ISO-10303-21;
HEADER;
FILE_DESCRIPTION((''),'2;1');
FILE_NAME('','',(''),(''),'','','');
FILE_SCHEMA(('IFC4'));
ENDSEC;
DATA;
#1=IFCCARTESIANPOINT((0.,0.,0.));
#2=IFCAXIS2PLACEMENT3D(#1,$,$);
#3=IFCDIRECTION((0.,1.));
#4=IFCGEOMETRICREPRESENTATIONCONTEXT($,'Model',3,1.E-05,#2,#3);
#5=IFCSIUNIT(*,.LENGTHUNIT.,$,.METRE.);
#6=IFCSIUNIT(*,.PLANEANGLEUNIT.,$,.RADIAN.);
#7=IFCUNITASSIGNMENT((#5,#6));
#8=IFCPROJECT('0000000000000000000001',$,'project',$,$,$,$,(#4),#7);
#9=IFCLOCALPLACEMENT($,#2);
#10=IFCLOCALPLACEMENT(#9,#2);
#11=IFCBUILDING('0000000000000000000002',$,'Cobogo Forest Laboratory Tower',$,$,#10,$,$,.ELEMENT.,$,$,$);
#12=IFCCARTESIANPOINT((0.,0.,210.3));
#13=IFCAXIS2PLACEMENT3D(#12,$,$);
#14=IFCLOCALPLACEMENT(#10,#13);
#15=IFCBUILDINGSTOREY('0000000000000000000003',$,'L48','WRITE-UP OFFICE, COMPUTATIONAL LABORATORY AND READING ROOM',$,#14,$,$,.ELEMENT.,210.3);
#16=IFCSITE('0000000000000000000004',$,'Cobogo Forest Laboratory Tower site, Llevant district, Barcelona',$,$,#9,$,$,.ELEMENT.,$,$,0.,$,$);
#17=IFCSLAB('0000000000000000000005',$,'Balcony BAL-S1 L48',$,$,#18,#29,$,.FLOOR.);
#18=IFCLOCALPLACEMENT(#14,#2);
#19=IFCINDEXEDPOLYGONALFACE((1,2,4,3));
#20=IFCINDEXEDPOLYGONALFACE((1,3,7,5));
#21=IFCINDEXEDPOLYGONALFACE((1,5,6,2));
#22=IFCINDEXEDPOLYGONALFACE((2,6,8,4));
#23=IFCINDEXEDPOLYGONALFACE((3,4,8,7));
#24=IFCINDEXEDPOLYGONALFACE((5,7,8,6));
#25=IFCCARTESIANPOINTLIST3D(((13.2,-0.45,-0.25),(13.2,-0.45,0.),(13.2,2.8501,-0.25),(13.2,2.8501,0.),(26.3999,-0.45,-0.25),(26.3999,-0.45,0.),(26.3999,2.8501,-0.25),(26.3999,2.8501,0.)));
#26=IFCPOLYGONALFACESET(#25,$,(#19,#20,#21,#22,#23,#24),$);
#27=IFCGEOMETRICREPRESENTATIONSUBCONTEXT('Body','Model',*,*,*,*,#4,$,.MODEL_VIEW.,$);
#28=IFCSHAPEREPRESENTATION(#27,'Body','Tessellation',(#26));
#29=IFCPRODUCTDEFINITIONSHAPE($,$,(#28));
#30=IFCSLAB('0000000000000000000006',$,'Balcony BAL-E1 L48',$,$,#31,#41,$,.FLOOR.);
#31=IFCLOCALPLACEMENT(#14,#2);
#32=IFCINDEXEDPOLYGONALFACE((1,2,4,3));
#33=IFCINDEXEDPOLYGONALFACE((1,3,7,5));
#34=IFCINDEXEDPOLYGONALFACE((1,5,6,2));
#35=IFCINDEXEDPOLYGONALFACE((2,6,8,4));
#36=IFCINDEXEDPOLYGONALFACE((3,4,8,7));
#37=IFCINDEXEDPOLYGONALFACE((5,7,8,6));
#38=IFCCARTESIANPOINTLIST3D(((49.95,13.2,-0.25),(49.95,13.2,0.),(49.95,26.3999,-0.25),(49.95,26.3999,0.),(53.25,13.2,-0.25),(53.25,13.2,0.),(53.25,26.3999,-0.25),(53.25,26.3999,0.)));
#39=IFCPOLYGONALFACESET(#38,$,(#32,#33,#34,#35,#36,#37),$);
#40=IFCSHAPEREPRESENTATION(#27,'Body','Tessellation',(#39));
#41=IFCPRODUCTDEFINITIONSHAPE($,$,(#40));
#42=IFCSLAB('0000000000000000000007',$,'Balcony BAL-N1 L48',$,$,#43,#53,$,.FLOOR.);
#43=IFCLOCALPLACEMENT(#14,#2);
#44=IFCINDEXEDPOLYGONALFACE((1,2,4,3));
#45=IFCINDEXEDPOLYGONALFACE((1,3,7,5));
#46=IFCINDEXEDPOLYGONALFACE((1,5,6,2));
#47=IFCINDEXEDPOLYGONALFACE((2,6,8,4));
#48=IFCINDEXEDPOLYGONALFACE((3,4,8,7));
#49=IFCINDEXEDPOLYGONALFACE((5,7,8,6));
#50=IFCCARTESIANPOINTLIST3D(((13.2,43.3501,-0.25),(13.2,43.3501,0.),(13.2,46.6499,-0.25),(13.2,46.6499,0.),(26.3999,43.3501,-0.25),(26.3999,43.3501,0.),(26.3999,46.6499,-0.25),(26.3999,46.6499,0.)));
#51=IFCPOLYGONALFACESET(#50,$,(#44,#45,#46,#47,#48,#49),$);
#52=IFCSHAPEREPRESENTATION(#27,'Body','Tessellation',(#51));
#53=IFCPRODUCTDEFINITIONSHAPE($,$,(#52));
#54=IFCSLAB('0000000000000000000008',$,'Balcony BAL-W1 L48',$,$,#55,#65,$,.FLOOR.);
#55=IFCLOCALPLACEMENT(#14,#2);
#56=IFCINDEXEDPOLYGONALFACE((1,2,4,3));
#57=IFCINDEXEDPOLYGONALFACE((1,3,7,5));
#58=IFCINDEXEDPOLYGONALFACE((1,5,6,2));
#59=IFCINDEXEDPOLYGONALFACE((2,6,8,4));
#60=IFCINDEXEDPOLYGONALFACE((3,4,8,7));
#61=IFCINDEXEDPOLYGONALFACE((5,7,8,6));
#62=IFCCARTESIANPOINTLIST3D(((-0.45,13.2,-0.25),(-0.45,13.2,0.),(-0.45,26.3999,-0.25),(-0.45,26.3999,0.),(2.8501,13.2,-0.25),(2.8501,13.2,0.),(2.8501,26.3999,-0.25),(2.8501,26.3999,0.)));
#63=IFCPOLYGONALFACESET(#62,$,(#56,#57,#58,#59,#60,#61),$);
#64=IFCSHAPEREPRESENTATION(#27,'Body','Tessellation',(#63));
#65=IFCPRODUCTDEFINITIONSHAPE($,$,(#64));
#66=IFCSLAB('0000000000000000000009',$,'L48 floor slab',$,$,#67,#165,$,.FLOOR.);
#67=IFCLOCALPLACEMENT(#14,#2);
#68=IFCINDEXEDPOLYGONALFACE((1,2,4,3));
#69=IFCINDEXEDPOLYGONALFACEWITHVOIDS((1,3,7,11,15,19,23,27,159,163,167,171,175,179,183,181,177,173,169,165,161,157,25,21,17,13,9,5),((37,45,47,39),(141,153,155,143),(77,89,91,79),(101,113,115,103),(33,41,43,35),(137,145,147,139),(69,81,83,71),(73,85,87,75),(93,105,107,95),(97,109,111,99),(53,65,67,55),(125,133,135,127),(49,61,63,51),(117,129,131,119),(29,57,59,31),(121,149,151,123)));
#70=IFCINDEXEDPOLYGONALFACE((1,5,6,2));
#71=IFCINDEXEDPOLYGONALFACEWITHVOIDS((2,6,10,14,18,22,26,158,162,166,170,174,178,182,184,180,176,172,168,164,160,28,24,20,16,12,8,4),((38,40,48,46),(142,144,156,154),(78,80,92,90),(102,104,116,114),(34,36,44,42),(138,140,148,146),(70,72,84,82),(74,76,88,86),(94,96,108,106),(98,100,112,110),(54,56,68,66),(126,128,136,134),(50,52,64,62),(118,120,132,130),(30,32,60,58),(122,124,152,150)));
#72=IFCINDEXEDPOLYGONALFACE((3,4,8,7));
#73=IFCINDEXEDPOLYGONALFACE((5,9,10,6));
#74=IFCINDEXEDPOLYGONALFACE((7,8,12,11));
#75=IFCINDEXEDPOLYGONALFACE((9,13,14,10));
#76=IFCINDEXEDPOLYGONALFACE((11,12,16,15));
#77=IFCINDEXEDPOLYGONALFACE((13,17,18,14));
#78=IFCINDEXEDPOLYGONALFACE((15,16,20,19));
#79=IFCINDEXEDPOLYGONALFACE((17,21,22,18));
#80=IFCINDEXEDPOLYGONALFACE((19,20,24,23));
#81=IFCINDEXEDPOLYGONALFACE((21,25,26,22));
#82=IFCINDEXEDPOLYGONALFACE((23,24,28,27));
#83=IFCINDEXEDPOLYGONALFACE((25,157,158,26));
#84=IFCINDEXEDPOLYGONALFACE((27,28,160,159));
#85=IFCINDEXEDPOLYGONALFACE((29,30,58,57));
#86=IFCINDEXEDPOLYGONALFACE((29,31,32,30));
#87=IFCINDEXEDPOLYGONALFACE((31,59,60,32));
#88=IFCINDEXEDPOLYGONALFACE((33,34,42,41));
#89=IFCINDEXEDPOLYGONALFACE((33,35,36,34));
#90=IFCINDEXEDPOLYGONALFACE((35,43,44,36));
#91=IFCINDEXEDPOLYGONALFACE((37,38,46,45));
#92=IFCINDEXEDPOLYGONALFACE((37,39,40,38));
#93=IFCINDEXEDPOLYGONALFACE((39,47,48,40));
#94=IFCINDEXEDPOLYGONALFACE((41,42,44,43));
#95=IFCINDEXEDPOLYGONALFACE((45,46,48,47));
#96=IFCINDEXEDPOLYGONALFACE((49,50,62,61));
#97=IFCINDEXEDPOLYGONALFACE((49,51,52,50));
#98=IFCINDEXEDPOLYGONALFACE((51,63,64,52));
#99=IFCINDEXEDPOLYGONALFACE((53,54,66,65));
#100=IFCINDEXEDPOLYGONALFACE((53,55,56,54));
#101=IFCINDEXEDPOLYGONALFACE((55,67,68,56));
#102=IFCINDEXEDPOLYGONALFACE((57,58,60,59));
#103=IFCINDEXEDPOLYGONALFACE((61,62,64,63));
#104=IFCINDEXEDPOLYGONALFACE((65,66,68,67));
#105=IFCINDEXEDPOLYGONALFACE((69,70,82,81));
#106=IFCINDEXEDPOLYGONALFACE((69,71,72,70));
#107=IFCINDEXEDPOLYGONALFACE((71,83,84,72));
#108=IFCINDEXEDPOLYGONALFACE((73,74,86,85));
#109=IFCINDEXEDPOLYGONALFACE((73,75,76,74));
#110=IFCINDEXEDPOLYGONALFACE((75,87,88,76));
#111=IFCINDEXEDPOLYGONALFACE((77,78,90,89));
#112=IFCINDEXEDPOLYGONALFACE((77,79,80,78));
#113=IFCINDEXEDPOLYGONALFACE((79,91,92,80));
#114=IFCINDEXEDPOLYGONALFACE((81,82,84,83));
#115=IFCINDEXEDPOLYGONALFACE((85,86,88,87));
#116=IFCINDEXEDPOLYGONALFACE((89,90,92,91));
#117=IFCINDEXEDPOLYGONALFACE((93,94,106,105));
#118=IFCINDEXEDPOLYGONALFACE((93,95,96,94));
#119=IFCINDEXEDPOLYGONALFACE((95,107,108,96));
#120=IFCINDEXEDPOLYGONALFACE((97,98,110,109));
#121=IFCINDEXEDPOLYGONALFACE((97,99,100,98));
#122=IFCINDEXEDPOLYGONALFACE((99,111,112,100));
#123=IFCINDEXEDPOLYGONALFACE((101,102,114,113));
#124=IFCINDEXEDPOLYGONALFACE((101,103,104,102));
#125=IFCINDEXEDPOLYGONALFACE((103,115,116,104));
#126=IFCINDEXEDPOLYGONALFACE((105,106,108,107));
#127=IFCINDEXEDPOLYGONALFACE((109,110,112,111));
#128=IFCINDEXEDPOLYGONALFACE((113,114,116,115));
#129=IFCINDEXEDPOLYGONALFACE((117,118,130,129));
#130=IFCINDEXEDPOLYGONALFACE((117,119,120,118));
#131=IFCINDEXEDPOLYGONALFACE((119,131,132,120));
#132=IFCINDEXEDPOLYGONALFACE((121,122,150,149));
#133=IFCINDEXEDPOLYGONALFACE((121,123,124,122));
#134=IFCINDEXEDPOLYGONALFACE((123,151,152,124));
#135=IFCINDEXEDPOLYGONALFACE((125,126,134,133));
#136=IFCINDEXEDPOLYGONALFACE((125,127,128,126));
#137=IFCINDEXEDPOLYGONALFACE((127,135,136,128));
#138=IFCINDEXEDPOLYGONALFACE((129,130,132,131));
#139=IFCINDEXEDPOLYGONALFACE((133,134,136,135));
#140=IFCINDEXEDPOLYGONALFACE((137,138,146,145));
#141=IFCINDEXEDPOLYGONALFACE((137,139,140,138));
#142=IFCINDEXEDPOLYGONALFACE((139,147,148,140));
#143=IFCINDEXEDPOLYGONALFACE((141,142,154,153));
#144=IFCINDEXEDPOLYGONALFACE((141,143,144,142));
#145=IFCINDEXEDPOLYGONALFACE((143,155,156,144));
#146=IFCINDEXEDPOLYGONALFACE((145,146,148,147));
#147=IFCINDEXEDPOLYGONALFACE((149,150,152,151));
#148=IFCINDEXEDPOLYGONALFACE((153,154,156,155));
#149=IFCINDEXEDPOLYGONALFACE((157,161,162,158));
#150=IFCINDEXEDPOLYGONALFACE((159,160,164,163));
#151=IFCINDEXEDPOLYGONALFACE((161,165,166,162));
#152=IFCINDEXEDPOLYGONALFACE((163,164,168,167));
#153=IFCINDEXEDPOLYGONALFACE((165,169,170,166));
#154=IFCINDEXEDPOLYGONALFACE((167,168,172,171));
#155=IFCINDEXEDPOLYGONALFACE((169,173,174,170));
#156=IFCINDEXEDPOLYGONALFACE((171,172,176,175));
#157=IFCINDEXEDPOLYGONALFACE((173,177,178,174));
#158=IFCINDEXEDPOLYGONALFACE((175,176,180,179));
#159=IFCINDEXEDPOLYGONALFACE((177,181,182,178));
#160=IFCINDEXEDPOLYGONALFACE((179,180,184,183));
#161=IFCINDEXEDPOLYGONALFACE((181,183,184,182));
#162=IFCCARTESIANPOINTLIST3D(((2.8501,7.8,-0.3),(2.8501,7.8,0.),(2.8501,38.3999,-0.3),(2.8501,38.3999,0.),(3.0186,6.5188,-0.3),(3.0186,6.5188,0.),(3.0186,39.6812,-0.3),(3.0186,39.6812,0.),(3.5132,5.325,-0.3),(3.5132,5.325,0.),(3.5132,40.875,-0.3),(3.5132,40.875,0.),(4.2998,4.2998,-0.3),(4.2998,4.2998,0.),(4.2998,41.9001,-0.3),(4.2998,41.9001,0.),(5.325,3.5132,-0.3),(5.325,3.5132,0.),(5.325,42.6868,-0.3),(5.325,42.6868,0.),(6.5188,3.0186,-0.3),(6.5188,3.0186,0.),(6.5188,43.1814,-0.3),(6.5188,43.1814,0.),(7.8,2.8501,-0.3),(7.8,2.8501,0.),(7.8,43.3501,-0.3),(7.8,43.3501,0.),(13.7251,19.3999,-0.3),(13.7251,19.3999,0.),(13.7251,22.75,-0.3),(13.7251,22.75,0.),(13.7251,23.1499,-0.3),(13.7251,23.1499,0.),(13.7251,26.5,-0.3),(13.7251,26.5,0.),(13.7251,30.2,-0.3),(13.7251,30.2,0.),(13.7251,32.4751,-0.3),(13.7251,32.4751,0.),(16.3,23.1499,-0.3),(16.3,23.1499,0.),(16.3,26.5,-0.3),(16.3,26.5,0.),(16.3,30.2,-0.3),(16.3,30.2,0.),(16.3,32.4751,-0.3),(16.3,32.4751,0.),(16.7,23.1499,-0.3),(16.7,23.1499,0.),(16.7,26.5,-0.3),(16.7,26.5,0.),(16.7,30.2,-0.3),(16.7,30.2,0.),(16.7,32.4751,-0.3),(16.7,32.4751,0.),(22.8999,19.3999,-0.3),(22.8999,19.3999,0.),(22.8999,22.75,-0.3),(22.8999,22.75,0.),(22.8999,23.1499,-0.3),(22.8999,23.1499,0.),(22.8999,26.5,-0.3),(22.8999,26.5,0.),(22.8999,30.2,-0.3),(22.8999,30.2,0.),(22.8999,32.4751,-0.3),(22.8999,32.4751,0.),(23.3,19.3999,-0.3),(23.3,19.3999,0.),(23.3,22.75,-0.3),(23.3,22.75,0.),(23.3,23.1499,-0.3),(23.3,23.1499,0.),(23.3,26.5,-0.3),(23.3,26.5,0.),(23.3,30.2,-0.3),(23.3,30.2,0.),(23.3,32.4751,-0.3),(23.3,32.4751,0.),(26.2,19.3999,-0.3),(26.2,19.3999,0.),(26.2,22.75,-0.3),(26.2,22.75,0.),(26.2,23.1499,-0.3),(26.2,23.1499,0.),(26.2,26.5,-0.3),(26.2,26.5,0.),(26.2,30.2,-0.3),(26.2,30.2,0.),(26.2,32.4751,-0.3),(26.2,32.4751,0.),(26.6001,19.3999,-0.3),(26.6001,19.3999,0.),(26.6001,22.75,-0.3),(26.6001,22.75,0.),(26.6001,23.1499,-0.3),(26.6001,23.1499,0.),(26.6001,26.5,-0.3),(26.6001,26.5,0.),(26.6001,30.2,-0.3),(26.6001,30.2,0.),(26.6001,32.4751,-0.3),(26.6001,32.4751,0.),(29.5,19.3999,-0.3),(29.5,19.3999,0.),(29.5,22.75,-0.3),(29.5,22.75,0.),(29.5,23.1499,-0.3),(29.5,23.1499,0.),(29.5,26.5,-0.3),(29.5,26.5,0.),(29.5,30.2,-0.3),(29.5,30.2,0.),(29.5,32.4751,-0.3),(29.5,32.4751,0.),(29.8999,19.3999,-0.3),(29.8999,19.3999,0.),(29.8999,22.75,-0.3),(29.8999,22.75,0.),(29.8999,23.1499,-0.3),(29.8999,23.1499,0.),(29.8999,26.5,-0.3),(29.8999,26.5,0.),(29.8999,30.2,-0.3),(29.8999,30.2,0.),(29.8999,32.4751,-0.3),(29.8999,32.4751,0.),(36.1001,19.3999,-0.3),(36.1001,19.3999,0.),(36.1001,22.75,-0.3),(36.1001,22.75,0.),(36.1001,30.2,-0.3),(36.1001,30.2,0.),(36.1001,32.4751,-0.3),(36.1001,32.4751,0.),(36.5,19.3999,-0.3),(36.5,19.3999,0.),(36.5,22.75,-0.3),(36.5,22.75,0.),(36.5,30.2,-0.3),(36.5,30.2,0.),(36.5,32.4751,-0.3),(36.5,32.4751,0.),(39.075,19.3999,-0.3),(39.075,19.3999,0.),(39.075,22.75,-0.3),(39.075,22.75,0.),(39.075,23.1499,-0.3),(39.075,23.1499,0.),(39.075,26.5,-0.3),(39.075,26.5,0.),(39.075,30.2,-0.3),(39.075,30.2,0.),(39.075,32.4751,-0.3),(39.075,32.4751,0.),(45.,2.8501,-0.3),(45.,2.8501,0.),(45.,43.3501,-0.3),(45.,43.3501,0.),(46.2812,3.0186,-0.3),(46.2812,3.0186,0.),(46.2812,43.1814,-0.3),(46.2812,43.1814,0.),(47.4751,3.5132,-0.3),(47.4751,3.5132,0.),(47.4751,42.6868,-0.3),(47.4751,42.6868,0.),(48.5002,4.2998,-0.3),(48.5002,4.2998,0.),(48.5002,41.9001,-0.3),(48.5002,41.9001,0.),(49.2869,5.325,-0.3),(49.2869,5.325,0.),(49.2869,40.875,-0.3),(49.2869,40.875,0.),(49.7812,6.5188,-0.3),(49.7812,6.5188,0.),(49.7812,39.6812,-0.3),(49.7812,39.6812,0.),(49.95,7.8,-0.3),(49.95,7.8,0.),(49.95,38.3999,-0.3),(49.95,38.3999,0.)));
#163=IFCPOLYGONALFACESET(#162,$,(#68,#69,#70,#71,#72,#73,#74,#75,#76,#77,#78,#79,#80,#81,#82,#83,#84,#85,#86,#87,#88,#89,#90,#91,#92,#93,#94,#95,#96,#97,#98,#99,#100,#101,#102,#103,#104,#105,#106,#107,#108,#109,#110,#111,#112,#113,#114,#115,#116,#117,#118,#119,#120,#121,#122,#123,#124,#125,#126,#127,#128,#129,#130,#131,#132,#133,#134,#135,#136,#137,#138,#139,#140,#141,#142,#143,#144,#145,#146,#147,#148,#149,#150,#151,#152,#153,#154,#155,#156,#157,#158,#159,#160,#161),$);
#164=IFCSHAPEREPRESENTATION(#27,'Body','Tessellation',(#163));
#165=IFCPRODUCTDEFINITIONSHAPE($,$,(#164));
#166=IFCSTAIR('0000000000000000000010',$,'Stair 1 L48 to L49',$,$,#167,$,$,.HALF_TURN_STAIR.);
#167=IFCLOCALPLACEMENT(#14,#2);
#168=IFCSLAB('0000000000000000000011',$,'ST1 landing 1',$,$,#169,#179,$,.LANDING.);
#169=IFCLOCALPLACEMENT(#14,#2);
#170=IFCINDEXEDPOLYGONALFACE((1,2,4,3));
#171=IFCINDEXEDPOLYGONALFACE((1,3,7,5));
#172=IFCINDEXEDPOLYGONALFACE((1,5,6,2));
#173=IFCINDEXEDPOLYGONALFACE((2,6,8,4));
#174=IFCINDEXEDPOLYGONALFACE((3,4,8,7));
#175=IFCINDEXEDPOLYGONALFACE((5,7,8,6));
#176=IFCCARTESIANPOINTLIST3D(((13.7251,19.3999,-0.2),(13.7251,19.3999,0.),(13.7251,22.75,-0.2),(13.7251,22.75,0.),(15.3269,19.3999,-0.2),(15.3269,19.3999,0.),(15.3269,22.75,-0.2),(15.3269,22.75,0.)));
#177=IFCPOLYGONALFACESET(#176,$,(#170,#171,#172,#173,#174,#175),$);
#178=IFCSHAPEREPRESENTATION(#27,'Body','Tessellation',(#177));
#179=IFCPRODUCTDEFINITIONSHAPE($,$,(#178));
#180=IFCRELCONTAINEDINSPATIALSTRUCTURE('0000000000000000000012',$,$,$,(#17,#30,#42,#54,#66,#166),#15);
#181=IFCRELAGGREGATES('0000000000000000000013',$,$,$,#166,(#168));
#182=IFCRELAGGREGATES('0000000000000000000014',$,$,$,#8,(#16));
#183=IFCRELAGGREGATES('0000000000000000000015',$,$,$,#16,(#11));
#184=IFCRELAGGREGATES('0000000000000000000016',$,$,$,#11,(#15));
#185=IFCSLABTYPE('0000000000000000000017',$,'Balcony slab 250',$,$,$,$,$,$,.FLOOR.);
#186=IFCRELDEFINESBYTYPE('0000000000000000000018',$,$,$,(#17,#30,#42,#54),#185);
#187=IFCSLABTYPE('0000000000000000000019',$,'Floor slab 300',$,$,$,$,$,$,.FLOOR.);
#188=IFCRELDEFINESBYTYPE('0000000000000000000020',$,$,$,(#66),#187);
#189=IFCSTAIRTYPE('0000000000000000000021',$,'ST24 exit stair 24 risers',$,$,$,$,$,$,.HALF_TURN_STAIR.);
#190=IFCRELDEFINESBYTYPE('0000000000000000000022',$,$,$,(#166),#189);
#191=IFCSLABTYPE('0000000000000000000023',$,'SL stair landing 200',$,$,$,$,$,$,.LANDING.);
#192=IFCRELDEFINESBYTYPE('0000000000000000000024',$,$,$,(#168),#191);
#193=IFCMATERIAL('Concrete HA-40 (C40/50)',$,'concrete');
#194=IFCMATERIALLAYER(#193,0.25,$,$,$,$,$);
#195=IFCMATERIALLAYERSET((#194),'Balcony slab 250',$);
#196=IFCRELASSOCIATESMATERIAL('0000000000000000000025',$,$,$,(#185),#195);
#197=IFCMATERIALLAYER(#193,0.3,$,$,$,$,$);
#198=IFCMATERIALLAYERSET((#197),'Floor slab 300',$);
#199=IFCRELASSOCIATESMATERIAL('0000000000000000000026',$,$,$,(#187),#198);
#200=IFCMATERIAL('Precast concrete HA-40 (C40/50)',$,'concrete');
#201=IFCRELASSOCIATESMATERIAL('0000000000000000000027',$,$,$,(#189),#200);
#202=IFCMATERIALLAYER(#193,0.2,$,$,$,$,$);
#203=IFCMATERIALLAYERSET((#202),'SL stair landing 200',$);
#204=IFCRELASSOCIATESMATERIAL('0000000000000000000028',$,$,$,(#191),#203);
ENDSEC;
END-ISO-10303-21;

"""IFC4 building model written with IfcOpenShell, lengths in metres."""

from ifc_helpers import new_model, si_unit, direction, frame, origin, place, context, subcontext, project, spatial, polyline, outline, extrude, material, layer, layer_set, type_object, element, aggregate, save


model = new_model("IFC4")

# Units and contexts
model_context = context("Model", 3, precision=1e-05, world=origin(), true_north=direction((0.0, 1.0)))
body_context = subcontext(model_context, "Body", "Model", "MODEL_VIEW")
ifc_project = project(units=[si_unit("LENGTHUNIT", "METRE"), si_unit("PLANEANGLEUNIT", "RADIAN")], contexts=[model_context])

# Site, building, storey
site_placement = place(None, origin())
site = spatial("IfcSite", under=ifc_project, at=site_placement, Name="Cobogo Forest Laboratory Tower site, Llevant district, Barcelona", CompositionType="ELEMENT", RefElevation=0.0)
building_placement = place(site_placement, origin())
building = spatial("IfcBuilding", under=site, at=building_placement, Name="Cobogo Forest Laboratory Tower", CompositionType="ELEMENT")
storey_placement = place(building_placement, frame((0.0, 0.0, 210.3)))
storey = spatial("IfcBuildingStorey", under=building, at=storey_placement, Name="L48", Description="WRITE-UP OFFICE, COMPUTATIONAL LABORATORY AND READING ROOM", CompositionType="ELEMENT", Elevation=210.3)

# Slabs
ifc_material_1 = material(Name="Concrete HA-40 (C40/50)", Category="concrete")
ifc_layer_1 = layer(ifc_material_1, 0.25)
ifc_layer_set_1 = layer_set([ifc_layer_1], Name="Balcony slab 250")
slab_type_1 = type_object("IfcSlabType", Name="Balcony slab 250", PredefinedType="FLOOR", material=ifc_layer_set_1)
slab_1_placement = place(storey_placement, frame((0.0, 0.0, -0.25)))
element("IfcSlab", 1, at=slab_1_placement, inside=storey, type_object=slab_type_1, Name="Balcony BAL-S1 L48", PredefinedType="FLOOR", context=body_context, shape_type="SweptSolid", body=[
    extrude(outline(polyline([(13.2, -0.45), (26.3999, -0.45), (26.3999, 2.8501), (13.2, 2.8501), (13.2, -0.45)])), origin(), (0.0, 0.0, 1.0), 0.25),
])
slab_2_placement = place(storey_placement, frame((0.0, 0.0, -0.25)))
element("IfcSlab", 2, at=slab_2_placement, inside=storey, type_object=slab_type_1, Name="Balcony BAL-E1 L48", PredefinedType="FLOOR", context=body_context, shape_type="SweptSolid", body=[
    extrude(outline(polyline([(49.95, 13.2), (53.25, 13.2), (53.25, 26.3999), (49.95, 26.3999), (49.95, 13.2)])), origin(), (0.0, 0.0, 1.0), 0.25),
])
slab_3_placement = place(storey_placement, frame((0.0, 0.0, -0.25)))
element("IfcSlab", 3, at=slab_3_placement, inside=storey, type_object=slab_type_1, Name="Balcony BAL-N1 L48", PredefinedType="FLOOR", context=body_context, shape_type="SweptSolid", body=[
    extrude(outline(polyline([(13.2, 43.3501), (26.3999, 43.3501), (26.3999, 46.6499), (13.2, 46.6499), (13.2, 43.3501)])), origin(), (0.0, 0.0, 1.0), 0.25),
])
slab_4_placement = place(storey_placement, frame((0.0, 0.0, -0.25)))
element("IfcSlab", 4, at=slab_4_placement, inside=storey, type_object=slab_type_1, Name="Balcony BAL-W1 L48", PredefinedType="FLOOR", context=body_context, shape_type="SweptSolid", body=[
    extrude(outline(polyline([(-0.45, 13.2), (2.8501, 13.2), (2.8501, 26.3999), (-0.45, 26.3999), (-0.45, 13.2)])), origin(), (0.0, 0.0, 1.0), 0.25),
])
ifc_layer_2 = layer(ifc_material_1, 0.3)
ifc_layer_set_2 = layer_set([ifc_layer_2], Name="Floor slab 300")
slab_type_2 = type_object("IfcSlabType", Name="Floor slab 300", PredefinedType="FLOOR", material=ifc_layer_set_2)
slab_5_placement = place(storey_placement, frame((0.0, 0.0, -0.3)))
element("IfcSlab", 5, at=slab_5_placement, inside=storey, type_object=slab_type_2, Name="L48 floor slab", PredefinedType="FLOOR", context=body_context, shape_type="SweptSolid", body=[
    extrude(outline(polyline([(45.0, 2.8501), (46.2812, 3.0186), (47.4751, 3.5132), (48.5002, 4.2998), (49.2869, 5.325), (49.7812, 6.5188), (49.95, 7.8), (49.95, 38.3999), (49.7812, 39.6812), (49.2869, 40.875), (48.5002, 41.9001), (47.4751, 42.6868), (46.2812, 43.1814), (45.0, 43.3501), (7.8, 43.3501), (6.5188, 43.1814), (5.325, 42.6868), (4.2998, 41.9001), (3.5132, 40.875), (3.0186, 39.6812), (2.8501, 38.3999), (2.8501, 7.8), (3.0186, 6.5188), (3.5132, 5.325), (4.2998, 4.2998), (5.325, 3.5132), (6.5188, 3.0186), (7.8, 2.8501), (45.0, 2.8501)]), holes=[polyline([(22.8999, 19.3999), (13.7251, 19.3999), (13.7251, 22.75), (22.8999, 22.75), (22.8999, 19.3999)]), polyline([(26.2, 19.3999), (23.3, 19.3999), (23.3, 22.75), (26.2, 22.75), (26.2, 19.3999)]), polyline([(29.5, 19.3999), (26.6001, 19.3999), (26.6001, 22.75), (29.5, 22.75), (29.5, 19.3999)]), polyline([(36.1001, 22.75), (36.1001, 19.3999), (29.8999, 19.3999), (29.8999, 22.75), (36.1001, 22.75)]), polyline([(36.5, 19.3999), (36.5, 22.75), (39.075, 22.75), (39.075, 19.3999), (36.5, 19.3999)]), polyline([(16.3, 23.1499), (13.7251, 23.1499), (13.7251, 26.5), (16.3, 26.5), (16.3, 23.1499)]), polyline([(22.8999, 26.5), (22.8999, 23.1499), (16.7, 23.1499), (16.7, 26.5), (22.8999, 26.5)]), polyline([(26.2, 23.1499), (23.3, 23.1499), (23.3, 26.5), (26.2, 26.5), (26.2, 23.1499)]), polyline([(26.6001, 23.1499), (26.6001, 26.5), (29.5, 26.5), (29.5, 23.1499), (26.6001, 23.1499)]), polyline([(39.075, 23.1499), (29.8999, 23.1499), (29.8999, 26.5), (39.075, 26.5), (39.075, 23.1499)]), polyline([(16.3, 30.2), (13.7251, 30.2), (13.7251, 32.4751), (16.3, 32.4751), (16.3, 30.2)]), polyline([(22.8999, 32.4751), (22.8999, 30.2), (16.7, 30.2), (16.7, 32.4751), (22.8999, 32.4751)]), polyline([(23.3, 30.2), (23.3, 32.4751), (26.2, 32.4751), (26.2, 30.2), (23.3, 30.2)]), polyline([(29.5, 30.2), (26.6001, 30.2), (26.6001, 32.4751), (29.5, 32.4751), (29.5, 30.2)]), polyline([(36.1001, 32.4751), (36.1001, 30.2), (29.8999, 30.2), (29.8999, 32.4751), (36.1001, 32.4751)]), polyline([(36.5, 30.2), (36.5, 32.4751), (39.075, 32.4751), (39.075, 30.2), (36.5, 30.2)])]), origin(), (0.0, 0.0, 1.0), 0.3),
])

# Stair, slab
ifc_material_2 = material(Name="Precast concrete HA-40 (C40/50)", Category="concrete")
stair_type = type_object("IfcStairType", Name="ST24 exit stair 24 risers", PredefinedType="HALF_TURN_STAIR", material=ifc_material_2)
stair_1_placement = place(storey_placement, origin())
stair_1 = element("IfcStair", 6, at=stair_1_placement, inside=storey, type_object=stair_type, Name="Stair 1 L48 to L49", PredefinedType="HALF_TURN_STAIR")
ifc_layer_3 = layer(ifc_material_1, 0.2)
ifc_layer_set_3 = layer_set([ifc_layer_3], Name="SL stair landing 200")
slab_type_3 = type_object("IfcSlabType", Name="SL stair landing 200", PredefinedType="LANDING", material=ifc_layer_set_3)
slab_6_placement = place(storey_placement, frame((0.0, 0.0, -0.2)))
slab_6 = element("IfcSlab", 7, at=slab_6_placement, type_object=slab_type_3, Name="ST1 landing 1", PredefinedType="LANDING", context=body_context, shape_type="SweptSolid", body=[
    extrude(outline(polyline([(13.7251, 19.3999), (15.3269, 19.3999), (15.3269, 22.75), (13.7251, 22.75), (13.7251, 19.3999)])), origin(), (0.0, 0.0, 1.0), 0.2),
])
aggregate(stair_1, [slab_6])

save(model, "model.ifc")
